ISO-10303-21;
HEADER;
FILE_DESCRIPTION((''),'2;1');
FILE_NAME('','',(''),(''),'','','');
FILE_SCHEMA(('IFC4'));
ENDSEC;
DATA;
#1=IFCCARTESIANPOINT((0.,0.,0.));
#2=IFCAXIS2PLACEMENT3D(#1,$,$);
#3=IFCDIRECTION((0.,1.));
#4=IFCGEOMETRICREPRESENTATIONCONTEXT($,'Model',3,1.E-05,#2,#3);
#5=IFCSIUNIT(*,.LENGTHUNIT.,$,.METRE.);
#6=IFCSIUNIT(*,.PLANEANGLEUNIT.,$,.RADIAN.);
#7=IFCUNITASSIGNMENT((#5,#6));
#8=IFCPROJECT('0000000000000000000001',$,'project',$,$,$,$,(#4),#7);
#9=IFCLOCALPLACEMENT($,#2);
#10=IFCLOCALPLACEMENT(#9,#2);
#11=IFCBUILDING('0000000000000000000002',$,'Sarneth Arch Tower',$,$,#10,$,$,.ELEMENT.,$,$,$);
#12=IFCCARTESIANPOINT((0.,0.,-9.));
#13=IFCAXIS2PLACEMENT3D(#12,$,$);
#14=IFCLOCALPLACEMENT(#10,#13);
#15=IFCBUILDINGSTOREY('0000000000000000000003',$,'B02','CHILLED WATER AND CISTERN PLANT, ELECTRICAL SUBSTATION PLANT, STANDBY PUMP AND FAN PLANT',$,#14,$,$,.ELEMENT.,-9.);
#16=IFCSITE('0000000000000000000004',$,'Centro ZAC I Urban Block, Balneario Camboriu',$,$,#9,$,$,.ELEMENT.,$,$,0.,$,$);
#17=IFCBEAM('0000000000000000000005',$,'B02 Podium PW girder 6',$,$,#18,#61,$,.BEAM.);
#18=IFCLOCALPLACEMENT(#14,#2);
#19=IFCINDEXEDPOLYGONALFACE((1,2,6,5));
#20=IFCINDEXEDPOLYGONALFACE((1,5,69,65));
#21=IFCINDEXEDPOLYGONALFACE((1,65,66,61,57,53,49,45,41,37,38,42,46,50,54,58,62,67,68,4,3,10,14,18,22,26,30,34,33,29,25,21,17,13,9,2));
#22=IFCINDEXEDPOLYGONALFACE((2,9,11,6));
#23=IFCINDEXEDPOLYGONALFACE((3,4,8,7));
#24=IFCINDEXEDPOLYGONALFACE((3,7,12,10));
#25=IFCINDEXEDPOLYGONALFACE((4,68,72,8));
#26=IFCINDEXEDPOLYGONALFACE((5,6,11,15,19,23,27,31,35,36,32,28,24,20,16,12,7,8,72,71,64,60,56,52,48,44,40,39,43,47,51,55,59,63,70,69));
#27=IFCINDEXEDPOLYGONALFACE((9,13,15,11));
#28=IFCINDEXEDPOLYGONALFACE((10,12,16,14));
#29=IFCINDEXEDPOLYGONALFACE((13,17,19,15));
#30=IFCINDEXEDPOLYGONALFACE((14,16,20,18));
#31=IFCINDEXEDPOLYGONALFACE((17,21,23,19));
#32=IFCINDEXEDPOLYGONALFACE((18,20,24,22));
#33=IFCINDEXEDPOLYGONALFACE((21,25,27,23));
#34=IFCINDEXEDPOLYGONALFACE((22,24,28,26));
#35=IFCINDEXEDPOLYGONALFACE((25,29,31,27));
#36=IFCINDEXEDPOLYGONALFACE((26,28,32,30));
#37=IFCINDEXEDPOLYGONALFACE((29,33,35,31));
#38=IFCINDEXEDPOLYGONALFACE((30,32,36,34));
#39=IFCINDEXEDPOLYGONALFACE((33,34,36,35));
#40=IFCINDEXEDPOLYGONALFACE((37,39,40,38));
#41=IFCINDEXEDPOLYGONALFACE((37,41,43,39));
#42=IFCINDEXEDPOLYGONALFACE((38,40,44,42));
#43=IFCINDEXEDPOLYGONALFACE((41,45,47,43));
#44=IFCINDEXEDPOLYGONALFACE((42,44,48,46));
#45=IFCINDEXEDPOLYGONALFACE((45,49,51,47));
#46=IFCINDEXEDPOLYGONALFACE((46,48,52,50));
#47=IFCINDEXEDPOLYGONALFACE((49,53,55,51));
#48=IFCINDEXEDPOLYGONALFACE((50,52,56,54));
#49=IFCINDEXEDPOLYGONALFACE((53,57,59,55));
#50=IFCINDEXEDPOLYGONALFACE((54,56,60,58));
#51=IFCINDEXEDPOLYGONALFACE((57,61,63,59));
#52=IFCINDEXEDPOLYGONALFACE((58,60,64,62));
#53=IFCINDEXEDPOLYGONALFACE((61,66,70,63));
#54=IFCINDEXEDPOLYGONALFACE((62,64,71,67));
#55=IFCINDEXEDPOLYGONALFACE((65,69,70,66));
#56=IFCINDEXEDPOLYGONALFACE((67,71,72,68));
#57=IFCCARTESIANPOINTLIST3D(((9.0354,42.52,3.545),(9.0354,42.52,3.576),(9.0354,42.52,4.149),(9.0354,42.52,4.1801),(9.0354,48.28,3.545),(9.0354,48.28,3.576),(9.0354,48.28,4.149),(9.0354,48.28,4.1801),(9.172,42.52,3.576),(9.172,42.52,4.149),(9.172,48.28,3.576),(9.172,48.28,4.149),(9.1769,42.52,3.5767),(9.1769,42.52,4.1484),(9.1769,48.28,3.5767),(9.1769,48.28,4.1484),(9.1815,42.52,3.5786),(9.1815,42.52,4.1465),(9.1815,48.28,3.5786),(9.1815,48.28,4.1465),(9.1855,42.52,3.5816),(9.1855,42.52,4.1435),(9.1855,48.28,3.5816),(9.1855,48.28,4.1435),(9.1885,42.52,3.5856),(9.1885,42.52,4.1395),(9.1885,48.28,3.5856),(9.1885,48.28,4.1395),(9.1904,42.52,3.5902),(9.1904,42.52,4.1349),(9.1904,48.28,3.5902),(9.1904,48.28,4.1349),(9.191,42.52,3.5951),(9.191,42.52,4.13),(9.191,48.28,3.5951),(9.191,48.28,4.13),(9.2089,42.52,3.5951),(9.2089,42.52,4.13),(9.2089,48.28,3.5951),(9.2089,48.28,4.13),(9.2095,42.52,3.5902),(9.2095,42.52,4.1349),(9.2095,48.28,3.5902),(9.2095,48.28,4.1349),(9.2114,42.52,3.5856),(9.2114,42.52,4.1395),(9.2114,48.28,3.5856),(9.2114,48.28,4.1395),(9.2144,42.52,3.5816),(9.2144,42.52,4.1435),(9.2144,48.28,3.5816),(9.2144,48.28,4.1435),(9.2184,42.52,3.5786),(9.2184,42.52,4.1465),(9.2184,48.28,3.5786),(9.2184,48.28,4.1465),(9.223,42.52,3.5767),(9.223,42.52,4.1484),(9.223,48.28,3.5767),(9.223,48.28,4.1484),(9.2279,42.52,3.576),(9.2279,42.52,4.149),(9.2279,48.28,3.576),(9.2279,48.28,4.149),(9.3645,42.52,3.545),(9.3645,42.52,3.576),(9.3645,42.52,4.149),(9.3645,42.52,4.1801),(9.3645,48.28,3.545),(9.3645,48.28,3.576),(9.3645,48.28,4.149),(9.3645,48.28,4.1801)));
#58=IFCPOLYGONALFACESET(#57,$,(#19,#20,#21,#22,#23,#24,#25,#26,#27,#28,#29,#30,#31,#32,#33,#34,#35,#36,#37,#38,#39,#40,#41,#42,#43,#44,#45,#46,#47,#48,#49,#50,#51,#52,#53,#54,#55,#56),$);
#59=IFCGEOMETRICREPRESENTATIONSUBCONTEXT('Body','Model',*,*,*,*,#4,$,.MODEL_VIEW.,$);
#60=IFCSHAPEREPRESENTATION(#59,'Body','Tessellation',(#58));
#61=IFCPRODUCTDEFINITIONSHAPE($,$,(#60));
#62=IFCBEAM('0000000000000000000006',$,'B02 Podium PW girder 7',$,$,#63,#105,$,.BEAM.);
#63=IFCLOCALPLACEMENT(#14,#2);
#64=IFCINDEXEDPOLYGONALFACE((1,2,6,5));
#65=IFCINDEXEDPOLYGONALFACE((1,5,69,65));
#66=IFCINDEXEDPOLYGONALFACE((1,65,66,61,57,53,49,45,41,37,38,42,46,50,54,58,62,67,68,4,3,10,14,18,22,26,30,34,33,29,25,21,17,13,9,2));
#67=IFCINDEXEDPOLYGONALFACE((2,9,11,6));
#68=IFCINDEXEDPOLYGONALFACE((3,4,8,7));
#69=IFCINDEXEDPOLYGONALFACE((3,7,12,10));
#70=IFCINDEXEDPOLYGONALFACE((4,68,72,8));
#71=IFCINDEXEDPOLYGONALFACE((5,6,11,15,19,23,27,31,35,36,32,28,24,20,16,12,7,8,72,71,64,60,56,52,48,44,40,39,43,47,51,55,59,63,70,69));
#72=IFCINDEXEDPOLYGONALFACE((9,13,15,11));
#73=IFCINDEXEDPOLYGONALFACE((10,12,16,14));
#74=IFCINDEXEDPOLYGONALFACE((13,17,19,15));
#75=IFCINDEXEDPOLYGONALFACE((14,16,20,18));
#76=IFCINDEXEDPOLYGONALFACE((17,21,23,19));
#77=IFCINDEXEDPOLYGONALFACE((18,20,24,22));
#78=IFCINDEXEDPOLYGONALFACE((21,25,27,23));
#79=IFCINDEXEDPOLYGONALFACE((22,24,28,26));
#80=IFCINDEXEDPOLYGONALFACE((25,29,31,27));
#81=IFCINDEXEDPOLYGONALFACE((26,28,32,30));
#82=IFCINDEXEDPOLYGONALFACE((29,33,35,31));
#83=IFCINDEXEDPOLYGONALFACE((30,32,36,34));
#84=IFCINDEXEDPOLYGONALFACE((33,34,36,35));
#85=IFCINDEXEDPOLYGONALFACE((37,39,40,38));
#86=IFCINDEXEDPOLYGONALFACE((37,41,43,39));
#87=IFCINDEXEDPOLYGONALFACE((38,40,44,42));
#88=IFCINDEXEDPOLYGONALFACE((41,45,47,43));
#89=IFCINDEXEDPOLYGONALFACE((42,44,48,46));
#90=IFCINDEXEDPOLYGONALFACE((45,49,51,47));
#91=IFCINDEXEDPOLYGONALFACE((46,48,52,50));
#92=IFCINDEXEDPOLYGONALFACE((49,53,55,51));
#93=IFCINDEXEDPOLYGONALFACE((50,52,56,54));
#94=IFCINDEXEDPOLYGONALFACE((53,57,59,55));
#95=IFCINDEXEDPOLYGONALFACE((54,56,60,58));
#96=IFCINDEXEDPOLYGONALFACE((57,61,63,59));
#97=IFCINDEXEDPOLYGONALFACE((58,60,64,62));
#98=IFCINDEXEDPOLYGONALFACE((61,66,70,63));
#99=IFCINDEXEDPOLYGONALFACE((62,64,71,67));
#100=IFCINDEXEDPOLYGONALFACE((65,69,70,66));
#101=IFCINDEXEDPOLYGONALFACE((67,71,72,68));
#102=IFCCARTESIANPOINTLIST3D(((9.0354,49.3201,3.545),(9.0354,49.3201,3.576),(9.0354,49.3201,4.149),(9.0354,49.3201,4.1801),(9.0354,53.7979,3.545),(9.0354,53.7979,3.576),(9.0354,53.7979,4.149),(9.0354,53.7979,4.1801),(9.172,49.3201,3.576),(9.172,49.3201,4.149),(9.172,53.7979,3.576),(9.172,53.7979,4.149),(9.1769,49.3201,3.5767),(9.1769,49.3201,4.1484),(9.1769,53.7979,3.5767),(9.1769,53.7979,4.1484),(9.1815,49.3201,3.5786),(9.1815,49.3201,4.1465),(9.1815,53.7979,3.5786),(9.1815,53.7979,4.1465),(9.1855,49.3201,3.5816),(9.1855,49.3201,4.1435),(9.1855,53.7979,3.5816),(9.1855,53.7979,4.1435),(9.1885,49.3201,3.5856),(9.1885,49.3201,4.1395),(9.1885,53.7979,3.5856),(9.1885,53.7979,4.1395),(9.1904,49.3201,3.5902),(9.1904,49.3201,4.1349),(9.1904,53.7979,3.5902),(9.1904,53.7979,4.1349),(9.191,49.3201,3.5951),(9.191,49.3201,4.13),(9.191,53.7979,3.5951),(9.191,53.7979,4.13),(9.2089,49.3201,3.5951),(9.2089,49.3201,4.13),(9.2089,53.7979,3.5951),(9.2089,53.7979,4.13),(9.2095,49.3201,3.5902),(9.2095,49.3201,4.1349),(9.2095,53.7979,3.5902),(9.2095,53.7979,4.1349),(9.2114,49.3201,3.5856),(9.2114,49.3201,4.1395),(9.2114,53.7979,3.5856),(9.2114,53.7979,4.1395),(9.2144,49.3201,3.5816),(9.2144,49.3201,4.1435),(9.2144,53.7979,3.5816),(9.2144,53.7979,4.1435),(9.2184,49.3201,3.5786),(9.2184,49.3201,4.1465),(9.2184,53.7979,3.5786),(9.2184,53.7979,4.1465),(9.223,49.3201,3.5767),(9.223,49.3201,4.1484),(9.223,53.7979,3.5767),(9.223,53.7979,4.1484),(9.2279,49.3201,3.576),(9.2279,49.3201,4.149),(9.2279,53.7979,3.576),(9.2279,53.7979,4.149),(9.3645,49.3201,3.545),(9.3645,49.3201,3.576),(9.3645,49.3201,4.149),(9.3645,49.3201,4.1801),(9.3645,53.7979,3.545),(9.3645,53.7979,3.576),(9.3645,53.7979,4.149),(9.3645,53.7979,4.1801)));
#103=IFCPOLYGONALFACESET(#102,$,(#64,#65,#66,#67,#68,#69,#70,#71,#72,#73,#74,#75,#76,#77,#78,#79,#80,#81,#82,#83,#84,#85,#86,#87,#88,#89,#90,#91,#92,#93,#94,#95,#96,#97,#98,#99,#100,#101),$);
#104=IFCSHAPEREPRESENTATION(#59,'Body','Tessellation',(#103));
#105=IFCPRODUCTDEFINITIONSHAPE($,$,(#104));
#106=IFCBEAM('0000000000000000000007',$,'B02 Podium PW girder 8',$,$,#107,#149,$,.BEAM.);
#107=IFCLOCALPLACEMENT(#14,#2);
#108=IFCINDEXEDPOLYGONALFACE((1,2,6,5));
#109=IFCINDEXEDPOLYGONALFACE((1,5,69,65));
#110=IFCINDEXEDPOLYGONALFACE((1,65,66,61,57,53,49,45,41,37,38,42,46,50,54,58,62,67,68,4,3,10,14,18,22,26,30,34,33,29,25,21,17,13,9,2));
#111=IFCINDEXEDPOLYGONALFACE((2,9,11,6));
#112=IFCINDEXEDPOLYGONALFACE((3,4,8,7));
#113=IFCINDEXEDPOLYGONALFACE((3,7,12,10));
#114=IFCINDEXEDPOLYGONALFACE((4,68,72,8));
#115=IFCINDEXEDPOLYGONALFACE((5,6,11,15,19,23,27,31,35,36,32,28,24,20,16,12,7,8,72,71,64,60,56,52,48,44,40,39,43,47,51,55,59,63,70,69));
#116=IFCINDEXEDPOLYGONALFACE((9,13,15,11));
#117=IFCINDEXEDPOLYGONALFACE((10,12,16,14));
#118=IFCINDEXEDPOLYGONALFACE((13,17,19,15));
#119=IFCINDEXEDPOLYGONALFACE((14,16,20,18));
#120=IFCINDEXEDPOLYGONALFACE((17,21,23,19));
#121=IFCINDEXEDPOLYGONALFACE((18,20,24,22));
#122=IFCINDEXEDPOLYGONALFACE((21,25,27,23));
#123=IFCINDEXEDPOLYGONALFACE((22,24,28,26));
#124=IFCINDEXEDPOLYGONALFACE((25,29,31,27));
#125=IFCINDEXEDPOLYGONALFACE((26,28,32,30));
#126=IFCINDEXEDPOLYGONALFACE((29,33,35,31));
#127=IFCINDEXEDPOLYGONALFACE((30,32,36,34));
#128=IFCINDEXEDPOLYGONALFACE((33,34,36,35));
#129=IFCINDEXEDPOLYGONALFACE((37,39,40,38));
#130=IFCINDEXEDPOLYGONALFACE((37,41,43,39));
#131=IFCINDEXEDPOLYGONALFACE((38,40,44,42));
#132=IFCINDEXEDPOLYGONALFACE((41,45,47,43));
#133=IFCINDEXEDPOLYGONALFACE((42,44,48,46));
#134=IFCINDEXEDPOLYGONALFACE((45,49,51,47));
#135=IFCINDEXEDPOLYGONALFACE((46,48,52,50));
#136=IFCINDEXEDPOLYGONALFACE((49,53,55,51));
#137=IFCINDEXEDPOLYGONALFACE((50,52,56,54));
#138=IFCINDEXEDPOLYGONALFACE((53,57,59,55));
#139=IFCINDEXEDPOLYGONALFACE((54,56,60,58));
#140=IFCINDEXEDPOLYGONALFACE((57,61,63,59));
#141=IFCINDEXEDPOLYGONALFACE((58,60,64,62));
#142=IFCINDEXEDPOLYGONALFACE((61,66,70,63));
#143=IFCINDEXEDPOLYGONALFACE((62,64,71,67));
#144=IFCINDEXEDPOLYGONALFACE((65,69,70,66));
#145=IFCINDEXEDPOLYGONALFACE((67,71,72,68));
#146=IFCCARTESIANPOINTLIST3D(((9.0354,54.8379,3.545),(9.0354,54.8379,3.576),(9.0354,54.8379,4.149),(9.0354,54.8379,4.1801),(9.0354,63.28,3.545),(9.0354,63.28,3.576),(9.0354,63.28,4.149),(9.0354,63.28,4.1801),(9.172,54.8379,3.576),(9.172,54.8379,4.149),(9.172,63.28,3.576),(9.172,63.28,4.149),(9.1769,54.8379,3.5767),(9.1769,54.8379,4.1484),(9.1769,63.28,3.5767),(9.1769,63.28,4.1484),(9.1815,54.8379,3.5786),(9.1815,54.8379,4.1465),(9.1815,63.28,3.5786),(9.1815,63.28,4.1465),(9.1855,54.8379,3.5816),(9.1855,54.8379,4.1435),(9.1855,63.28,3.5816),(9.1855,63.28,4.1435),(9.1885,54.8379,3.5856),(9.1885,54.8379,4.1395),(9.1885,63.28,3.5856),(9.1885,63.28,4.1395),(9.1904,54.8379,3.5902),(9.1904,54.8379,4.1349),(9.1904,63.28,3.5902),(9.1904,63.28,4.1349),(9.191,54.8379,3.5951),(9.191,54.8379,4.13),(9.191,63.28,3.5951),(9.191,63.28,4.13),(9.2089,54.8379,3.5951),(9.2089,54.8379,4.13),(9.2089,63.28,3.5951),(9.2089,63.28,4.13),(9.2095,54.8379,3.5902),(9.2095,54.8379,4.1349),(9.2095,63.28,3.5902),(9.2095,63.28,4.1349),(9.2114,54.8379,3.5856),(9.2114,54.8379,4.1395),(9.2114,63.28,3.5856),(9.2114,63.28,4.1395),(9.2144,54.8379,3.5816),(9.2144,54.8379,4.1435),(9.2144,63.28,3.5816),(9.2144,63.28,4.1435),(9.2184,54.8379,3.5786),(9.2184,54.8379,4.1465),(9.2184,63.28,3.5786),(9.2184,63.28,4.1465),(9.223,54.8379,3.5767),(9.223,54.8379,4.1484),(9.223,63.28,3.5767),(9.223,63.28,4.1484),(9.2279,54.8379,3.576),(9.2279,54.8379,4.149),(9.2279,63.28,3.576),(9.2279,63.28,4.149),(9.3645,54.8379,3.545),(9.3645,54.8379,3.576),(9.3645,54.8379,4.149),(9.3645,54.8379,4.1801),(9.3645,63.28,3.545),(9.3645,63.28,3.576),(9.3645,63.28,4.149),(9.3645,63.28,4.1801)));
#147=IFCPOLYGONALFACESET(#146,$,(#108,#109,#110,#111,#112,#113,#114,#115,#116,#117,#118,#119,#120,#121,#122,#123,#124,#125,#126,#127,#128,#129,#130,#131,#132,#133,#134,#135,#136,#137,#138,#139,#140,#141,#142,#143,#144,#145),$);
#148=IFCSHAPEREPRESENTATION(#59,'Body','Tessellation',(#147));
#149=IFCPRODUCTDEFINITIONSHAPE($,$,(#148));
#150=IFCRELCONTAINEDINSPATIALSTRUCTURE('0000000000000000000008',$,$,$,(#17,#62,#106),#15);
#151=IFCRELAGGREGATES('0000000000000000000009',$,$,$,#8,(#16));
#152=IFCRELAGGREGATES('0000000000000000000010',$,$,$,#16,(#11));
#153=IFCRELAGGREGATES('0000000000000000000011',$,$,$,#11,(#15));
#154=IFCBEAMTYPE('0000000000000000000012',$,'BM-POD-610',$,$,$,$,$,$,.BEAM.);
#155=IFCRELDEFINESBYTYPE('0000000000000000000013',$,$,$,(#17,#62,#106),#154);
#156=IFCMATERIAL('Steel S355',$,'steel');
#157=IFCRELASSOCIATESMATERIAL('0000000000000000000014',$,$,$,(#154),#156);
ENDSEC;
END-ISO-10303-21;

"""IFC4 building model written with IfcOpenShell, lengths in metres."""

from ifc_helpers import new_model, si_unit, direction, frame, origin, origin_2d, place, context, subcontext, project, spatial, i_section, extrude, material, material_profile, profile_set, type_object, element, save


model = new_model("IFC4")

# Units and contexts
model_context = context("Model", 3, precision=1e-05, world=origin(), true_north=direction((0.0, 1.0)))
body_context = subcontext(model_context, "Body", "Model", "MODEL_VIEW")
ifc_project = project(units=[si_unit("LENGTHUNIT", "METRE"), si_unit("PLANEANGLEUNIT", "RADIAN")], contexts=[model_context])

# Site, building, storey
site_placement = place(None, origin())
site = spatial("IfcSite", under=ifc_project, at=site_placement, Name="Centro ZAC I Urban Block, Balneario Camboriu", CompositionType="ELEMENT", RefElevation=0.0)
building_placement = place(site_placement, origin())
building = spatial("IfcBuilding", under=site, at=building_placement, Name="Sarneth Arch Tower", CompositionType="ELEMENT")
storey_placement = place(building_placement, frame((0.0, 0.0, -9.0)))
storey = spatial("IfcBuildingStorey", under=building, at=storey_placement, Name="B02", Description="CHILLED WATER AND CISTERN PLANT, ELECTRICAL SUBSTATION PLANT, STANDBY PUMP AND FAN PLANT", CompositionType="ELEMENT", Elevation=-9.0)

# Beams
ifc_material_1 = material(Name="Steel S355", Category="steel")
ifc_material_profile_1 = material_profile(ifc_material_1, i_section(OverallWidth=0.3291, OverallDepth=0.635, WebThickness=0.0178, FlangeThickness=0.031, FilletRadius=0.019, at=origin_2d()), Name="W610x241")
ifc_profile_set_1 = profile_set([ifc_material_profile_1], Name="Steel S355")
beam_type = type_object("IfcBeamType", Name="BM-POD-610", PredefinedType="BEAM", material=ifc_profile_set_1)
beam_1_placement = place(storey_placement, frame((9.2, 42.52, 3.8625), z_axis=(0.0, 1.0, 0.0), x_axis=(-1.0, 0.0, 0.0)))
element("IfcBeam", 1, at=beam_1_placement, inside=storey, type_object=beam_type, Name="B02 Podium PW girder 6", PredefinedType="BEAM", context=body_context, shape_type="SweptSolid", body=[
    extrude(i_section(OverallWidth=0.3291, OverallDepth=0.635, WebThickness=0.0178, FlangeThickness=0.031, FilletRadius=0.019, at=origin_2d()), origin(), (0.0, 0.0, 1.0), 5.76),
])
beam_2_placement = place(storey_placement, frame((9.2, 49.3201, 3.8625), z_axis=(0.0, 1.0, 0.0), x_axis=(-1.0, 0.0, 0.0)))
element("IfcBeam", 2, at=beam_2_placement, inside=storey, type_object=beam_type, Name="B02 Podium PW girder 7", PredefinedType="BEAM", context=body_context, shape_type="SweptSolid", body=[
    extrude(i_section(OverallWidth=0.3291, OverallDepth=0.635, WebThickness=0.0178, FlangeThickness=0.031, FilletRadius=0.019, at=origin_2d()), origin(), (0.0, 0.0, 1.0), 4.4778),
])
beam_3_placement = place(storey_placement, frame((9.2, 54.8379, 3.8625), z_axis=(0.0, 1.0, 0.0), x_axis=(-1.0, 0.0, 0.0)))
element("IfcBeam", 3, at=beam_3_placement, inside=storey, type_object=beam_type, Name="B02 Podium PW girder 8", PredefinedType="BEAM", context=body_context, shape_type="SweptSolid", body=[
    extrude(i_section(OverallWidth=0.3291, OverallDepth=0.635, WebThickness=0.0178, FlangeThickness=0.031, FilletRadius=0.019, at=origin_2d()), origin(), (0.0, 0.0, 1.0), 8.4421),
])

save(model, "model.ifc")
